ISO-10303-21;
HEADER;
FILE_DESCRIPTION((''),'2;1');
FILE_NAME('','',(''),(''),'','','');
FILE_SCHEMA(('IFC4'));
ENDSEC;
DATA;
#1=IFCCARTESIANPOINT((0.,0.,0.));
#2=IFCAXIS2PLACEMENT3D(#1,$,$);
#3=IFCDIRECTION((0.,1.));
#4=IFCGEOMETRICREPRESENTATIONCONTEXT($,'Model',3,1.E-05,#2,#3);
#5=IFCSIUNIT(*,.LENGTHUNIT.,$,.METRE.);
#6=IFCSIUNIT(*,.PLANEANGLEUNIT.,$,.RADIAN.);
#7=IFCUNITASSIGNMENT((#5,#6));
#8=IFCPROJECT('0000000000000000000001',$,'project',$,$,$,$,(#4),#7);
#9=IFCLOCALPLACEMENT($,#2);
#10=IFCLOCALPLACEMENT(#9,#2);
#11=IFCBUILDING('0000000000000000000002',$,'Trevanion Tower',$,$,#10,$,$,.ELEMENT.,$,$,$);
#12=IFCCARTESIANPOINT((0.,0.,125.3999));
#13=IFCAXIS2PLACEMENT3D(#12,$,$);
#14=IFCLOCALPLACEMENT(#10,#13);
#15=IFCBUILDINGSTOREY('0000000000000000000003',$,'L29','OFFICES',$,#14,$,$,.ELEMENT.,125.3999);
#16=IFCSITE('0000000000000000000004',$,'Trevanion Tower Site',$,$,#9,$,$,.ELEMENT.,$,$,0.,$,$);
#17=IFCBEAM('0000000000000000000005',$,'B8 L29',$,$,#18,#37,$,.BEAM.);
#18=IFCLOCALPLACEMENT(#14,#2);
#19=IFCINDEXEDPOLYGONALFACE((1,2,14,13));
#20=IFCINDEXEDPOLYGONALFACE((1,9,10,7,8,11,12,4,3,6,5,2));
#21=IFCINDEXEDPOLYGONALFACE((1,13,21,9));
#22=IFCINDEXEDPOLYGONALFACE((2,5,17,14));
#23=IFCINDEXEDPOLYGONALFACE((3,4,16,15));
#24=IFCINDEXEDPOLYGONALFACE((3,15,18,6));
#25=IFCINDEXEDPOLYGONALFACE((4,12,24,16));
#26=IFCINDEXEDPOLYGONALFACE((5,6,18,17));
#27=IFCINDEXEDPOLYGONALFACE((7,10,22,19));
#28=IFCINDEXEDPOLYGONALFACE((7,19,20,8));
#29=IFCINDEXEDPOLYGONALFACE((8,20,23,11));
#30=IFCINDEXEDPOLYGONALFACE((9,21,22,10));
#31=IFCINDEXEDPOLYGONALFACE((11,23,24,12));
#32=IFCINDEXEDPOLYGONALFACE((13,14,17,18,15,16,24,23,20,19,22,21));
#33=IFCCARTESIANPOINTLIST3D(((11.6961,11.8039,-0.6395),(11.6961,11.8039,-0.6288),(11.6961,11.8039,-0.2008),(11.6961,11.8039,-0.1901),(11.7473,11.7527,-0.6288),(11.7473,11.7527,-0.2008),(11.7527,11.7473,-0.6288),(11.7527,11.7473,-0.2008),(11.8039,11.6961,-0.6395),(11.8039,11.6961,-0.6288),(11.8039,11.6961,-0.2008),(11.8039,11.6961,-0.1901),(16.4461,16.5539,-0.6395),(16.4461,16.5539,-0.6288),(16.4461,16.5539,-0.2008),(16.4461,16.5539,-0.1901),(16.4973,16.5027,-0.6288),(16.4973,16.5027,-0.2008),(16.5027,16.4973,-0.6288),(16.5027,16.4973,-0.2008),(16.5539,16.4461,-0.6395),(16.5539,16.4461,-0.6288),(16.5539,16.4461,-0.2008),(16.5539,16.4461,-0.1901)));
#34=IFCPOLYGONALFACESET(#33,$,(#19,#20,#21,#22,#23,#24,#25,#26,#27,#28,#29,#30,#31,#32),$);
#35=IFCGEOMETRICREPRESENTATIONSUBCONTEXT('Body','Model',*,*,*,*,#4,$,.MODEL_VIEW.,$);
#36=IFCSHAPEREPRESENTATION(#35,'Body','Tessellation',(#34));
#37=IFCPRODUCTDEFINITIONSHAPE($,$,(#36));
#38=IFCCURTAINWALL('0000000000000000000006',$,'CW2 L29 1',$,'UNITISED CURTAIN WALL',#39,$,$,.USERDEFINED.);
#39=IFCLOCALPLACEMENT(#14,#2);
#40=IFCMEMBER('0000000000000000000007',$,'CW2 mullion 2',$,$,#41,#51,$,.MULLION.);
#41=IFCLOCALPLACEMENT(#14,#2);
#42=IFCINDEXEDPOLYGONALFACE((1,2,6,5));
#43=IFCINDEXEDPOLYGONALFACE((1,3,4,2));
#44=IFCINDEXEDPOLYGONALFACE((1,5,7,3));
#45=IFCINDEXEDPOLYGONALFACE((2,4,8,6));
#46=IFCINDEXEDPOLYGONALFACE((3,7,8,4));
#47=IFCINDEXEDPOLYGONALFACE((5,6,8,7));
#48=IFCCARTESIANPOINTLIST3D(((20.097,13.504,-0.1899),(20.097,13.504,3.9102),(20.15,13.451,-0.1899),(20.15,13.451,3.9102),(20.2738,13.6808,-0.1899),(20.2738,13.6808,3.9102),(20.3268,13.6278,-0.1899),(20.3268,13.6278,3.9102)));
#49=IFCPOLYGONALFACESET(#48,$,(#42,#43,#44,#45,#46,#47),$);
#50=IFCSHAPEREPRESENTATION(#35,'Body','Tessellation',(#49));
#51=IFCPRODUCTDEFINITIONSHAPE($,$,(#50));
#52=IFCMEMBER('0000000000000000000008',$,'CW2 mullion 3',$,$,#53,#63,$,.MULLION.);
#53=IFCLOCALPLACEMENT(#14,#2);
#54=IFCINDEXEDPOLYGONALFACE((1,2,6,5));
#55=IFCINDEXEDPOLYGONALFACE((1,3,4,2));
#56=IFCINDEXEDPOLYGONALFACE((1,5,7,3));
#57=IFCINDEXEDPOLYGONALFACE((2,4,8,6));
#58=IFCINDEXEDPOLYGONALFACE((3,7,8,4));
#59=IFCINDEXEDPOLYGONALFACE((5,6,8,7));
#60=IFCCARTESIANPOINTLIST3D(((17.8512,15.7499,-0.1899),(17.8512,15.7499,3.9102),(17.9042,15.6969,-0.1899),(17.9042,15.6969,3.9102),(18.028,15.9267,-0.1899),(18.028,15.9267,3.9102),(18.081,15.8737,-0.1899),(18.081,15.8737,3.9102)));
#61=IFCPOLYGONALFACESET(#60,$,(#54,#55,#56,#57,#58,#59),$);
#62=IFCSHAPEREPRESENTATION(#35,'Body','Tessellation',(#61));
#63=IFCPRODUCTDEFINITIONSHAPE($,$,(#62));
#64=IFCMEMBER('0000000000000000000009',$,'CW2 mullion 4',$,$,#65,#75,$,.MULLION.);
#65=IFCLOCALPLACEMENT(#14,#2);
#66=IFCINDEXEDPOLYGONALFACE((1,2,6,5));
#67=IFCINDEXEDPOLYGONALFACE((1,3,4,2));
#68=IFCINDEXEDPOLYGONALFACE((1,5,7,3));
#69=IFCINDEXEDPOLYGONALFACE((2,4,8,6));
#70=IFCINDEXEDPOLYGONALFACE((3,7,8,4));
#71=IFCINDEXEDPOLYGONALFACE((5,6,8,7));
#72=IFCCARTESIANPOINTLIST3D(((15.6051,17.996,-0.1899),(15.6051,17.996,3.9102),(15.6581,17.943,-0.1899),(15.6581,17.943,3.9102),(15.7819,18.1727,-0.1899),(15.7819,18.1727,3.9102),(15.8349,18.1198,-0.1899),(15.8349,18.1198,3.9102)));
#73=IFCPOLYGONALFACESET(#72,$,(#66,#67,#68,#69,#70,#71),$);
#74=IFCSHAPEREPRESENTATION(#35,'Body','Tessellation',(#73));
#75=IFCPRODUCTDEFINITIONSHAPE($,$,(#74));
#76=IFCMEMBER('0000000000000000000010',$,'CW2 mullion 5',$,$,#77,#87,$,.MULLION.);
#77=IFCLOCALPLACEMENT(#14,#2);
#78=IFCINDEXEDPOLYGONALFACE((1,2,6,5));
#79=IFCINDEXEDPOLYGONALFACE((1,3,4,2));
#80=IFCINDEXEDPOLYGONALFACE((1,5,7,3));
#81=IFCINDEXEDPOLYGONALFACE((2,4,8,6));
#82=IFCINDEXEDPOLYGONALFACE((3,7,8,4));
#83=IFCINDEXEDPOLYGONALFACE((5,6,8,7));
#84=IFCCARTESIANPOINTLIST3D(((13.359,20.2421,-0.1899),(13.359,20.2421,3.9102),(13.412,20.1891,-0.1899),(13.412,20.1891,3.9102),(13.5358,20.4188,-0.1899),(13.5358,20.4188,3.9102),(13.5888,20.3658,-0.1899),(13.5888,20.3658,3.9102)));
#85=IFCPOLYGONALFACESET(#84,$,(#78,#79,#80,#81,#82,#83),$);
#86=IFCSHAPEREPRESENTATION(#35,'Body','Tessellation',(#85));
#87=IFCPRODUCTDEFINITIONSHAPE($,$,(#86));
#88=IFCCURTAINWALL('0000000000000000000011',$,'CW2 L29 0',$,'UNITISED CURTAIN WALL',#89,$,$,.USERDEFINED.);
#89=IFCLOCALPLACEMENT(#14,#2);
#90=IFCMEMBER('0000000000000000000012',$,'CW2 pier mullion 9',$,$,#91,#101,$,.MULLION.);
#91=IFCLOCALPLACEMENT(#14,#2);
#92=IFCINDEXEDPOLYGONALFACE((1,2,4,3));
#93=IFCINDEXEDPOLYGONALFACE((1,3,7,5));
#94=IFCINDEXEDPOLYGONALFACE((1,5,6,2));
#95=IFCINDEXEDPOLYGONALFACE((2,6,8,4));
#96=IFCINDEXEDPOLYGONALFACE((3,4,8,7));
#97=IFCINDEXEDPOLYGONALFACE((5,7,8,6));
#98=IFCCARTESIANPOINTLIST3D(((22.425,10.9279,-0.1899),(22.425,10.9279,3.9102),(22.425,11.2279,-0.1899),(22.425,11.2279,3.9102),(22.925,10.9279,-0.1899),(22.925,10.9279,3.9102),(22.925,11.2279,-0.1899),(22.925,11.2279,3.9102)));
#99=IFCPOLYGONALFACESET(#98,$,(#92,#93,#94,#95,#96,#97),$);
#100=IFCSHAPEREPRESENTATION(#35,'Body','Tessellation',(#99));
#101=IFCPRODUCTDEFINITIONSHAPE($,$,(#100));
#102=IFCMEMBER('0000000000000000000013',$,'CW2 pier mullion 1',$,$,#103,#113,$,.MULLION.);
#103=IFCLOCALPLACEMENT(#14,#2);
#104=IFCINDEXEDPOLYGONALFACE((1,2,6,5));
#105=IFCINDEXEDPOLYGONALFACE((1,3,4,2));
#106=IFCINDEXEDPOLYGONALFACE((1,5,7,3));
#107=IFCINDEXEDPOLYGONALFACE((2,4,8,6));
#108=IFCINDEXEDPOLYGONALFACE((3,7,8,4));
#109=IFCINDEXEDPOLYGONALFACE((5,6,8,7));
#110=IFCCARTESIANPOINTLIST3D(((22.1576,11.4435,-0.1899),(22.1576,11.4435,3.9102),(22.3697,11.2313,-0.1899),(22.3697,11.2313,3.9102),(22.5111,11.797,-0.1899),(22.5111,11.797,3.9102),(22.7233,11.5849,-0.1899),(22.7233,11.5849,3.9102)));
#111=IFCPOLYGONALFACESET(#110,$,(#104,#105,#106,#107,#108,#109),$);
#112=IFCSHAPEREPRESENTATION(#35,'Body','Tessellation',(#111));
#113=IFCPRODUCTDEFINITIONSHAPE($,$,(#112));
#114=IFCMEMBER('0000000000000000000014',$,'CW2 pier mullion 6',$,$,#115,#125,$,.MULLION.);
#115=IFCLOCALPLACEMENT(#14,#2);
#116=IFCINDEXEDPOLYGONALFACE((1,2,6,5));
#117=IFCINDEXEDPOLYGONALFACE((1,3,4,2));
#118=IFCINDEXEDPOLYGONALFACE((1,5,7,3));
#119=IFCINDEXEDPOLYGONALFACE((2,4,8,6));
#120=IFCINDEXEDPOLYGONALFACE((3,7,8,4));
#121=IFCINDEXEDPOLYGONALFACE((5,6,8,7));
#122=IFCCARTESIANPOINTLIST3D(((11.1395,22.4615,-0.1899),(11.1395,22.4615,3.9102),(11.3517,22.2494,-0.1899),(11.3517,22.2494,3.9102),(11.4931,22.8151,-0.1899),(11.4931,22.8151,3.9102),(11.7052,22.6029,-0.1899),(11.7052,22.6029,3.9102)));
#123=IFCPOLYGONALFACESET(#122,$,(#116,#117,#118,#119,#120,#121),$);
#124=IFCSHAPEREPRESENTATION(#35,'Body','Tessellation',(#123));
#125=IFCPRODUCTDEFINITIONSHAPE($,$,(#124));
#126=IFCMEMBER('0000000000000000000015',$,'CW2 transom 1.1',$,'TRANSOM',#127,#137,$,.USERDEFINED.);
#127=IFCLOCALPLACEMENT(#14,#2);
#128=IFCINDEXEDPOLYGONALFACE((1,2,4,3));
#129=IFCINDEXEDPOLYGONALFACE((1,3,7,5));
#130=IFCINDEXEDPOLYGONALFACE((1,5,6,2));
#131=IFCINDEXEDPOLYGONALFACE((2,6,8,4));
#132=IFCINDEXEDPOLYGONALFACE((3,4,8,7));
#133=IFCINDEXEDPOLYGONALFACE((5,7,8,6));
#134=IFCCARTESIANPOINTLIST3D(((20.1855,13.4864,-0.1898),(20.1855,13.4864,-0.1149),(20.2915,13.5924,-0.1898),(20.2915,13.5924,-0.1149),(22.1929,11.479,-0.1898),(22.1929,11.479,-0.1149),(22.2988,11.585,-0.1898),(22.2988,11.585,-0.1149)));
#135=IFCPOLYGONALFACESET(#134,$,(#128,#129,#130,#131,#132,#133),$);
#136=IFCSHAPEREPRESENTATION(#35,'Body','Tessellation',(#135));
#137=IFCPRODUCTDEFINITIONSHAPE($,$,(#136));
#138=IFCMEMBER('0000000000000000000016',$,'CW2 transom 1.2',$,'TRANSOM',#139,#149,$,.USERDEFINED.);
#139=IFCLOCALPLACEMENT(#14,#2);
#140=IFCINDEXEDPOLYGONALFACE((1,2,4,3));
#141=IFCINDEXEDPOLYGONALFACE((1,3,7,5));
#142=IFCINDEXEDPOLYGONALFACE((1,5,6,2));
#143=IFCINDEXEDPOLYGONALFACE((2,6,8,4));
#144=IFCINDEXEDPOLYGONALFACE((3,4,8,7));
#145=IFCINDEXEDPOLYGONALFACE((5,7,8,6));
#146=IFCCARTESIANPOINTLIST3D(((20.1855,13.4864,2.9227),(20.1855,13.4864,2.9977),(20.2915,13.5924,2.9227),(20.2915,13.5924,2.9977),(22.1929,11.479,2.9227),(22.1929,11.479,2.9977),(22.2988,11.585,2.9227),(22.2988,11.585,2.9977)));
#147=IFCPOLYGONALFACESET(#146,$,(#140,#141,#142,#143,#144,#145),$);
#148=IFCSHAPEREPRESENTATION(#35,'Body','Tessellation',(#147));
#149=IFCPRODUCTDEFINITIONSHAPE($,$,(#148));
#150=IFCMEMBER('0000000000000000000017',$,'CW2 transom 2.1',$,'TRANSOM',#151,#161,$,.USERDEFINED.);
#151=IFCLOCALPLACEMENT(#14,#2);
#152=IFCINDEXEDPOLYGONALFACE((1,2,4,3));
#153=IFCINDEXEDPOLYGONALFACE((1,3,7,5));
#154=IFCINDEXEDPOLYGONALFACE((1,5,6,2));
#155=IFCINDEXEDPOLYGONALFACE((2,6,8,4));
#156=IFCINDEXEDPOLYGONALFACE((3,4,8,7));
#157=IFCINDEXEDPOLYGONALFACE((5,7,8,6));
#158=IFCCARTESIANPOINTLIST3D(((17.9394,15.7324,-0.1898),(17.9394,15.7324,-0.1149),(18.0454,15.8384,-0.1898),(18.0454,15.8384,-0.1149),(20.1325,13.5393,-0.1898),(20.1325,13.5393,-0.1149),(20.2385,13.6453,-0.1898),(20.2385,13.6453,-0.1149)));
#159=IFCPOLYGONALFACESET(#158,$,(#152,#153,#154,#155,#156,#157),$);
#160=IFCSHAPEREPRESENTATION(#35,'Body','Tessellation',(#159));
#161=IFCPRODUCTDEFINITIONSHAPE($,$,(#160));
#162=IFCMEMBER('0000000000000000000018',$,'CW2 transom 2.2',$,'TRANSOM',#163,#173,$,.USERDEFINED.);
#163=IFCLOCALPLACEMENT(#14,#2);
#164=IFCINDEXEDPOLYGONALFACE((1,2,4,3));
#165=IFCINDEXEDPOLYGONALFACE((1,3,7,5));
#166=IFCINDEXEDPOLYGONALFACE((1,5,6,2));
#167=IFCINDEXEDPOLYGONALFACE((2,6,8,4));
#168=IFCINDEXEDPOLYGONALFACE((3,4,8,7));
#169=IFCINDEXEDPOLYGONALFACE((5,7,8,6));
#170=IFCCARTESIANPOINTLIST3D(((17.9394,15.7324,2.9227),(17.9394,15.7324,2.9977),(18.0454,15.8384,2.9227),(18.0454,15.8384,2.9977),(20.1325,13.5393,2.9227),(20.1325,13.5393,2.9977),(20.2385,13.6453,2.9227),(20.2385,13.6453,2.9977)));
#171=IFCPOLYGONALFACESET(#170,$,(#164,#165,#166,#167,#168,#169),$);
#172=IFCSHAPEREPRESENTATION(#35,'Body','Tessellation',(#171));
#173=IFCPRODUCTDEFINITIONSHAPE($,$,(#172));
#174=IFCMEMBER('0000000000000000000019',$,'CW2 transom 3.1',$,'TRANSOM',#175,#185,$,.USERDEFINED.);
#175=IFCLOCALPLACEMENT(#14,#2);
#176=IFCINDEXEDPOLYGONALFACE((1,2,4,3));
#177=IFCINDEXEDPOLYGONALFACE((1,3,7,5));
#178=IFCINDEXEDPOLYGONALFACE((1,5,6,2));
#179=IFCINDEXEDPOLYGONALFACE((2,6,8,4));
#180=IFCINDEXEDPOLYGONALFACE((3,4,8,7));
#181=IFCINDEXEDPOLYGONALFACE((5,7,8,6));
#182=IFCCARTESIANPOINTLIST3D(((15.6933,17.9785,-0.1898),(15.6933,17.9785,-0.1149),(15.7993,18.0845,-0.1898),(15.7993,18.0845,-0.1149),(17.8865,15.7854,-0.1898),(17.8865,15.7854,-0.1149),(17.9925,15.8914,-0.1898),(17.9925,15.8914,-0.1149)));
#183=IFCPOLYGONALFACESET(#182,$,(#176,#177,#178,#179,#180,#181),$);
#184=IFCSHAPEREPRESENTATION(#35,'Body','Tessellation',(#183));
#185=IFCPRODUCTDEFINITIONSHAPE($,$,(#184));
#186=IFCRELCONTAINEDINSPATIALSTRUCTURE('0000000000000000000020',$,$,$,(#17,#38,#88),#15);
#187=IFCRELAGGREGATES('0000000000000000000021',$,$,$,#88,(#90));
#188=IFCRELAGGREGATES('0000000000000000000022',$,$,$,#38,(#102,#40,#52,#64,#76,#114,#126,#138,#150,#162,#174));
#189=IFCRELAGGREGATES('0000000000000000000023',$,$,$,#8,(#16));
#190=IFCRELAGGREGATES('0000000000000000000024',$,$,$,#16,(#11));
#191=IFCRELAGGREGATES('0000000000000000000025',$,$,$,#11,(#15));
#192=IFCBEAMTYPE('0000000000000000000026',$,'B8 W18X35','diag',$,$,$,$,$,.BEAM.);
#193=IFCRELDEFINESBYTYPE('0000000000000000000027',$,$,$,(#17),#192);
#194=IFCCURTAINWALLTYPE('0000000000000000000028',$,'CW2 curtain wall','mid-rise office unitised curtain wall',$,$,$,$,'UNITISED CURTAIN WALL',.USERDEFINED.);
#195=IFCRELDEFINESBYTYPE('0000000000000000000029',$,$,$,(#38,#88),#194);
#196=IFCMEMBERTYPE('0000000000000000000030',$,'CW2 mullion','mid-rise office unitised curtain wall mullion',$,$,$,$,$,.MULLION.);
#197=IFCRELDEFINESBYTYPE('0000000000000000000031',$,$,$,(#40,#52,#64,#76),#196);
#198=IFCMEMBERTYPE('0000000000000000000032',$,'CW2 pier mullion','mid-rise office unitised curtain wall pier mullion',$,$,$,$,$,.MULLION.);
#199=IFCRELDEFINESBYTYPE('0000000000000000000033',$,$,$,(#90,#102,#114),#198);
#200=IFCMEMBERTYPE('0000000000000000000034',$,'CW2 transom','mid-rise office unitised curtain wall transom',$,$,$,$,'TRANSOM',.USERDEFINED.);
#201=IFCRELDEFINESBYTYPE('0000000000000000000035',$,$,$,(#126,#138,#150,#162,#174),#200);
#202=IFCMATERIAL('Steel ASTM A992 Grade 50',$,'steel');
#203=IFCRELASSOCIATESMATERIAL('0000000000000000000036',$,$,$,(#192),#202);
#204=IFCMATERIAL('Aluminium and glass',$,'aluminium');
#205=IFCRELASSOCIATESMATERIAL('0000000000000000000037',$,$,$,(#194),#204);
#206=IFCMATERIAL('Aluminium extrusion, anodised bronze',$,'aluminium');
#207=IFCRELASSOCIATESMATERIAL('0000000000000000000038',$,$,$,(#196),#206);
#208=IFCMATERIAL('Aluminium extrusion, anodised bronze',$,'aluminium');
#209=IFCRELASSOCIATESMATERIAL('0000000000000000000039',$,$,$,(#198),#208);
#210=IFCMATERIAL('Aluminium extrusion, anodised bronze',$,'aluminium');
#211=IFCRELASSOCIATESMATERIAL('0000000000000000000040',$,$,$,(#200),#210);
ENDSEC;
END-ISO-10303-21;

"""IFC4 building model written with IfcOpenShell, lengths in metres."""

from ifc_helpers import new_model, si_unit, direction, frame, origin, origin_2d, place, context, subcontext, project, spatial, rectangle, i_section, extrude, material, material_profile, profile_set, type_object, element, aggregate, save


model = new_model("IFC4")

# Units and contexts
model_context = context("Model", 3, precision=1e-05, world=origin(), true_north=direction((0.0, 1.0)))
body_context = subcontext(model_context, "Body", "Model", "MODEL_VIEW")
ifc_project = project(units=[si_unit("LENGTHUNIT", "METRE"), si_unit("PLANEANGLEUNIT", "RADIAN")], contexts=[model_context])

# Site, building, storey
site_placement = place(None, origin())
site = spatial("IfcSite", under=ifc_project, at=site_placement, Name="Trevanion Tower Site", CompositionType="ELEMENT", RefElevation=0.0)
building_placement = place(site_placement, origin())
building = spatial("IfcBuilding", under=site, at=building_placement, Name="Trevanion Tower", CompositionType="ELEMENT")
storey_placement = place(building_placement, frame((0.0, 0.0, 125.3999)))
storey = spatial("IfcBuildingStorey", under=building, at=storey_placement, Name="L29", Description="OFFICES", CompositionType="ELEMENT", Elevation=125.3999)

# Beam
ifc_material_1 = material(Name="Steel ASTM A992 Grade 50", Category="steel")
ifc_material_profile_1 = material_profile(ifc_material_1, i_section(OverallWidth=0.1523, OverallDepth=0.4495, WebThickness=0.0076, FlangeThickness=0.0107, at=origin_2d()), Name="W18X35")
ifc_profile_set_1 = profile_set([ifc_material_profile_1], Name="Steel ASTM A992 Grade 50")
beam_type_1 = type_object("IfcBeamType", Name="B8 W18X35", Description="diag", PredefinedType="BEAM", material=ifc_profile_set_1)
beam_1_placement = place(storey_placement, frame((11.75, 11.75, -0.4148), z_axis=(0.707107, 0.707107, 0.0), x_axis=(-0.707107, 0.707107, 0.0)))
element("IfcBeam", 1, at=beam_1_placement, inside=storey, type_object=beam_type_1, Name="B8 L29", PredefinedType="BEAM", context=body_context, shape_type="SweptSolid", body=[
    extrude(i_section(OverallWidth=0.1523, OverallDepth=0.4495, WebThickness=0.0076, FlangeThickness=0.0107, at=origin_2d()), origin(), (0.0, 0.0, 1.0), 6.7175),
])

# Curtain wall, members
ifc_material_2 = material(Name="Aluminium and glass", Category="aluminium")
curtain_wall_type = type_object("IfcCurtainWallType", Name="CW2 curtain wall", Description="mid-rise office unitised curtain wall", ElementType="UNITISED CURTAIN WALL", PredefinedType="USERDEFINED", material=ifc_material_2)
curtain_wall_1_placement = place(storey_placement, origin())
curtain_wall_1 = element("IfcCurtainWall", 2, at=curtain_wall_1_placement, inside=storey, type_object=curtain_wall_type, Name="CW2 L29 1", ObjectType="UNITISED CURTAIN WALL", PredefinedType="USERDEFINED")
ifc_material_3 = material(Name="Aluminium extrusion, anodised bronze", Category="aluminium")
ifc_material_profile_2 = material_profile(ifc_material_3, rectangle(XDim=0.075, YDim=0.25, at=origin_2d()), Name="CW2 mullion")
ifc_profile_set_2 = profile_set([ifc_material_profile_2], Name="Aluminium extrusion, anodised bronze")
member_type_1 = type_object("IfcMemberType", Name="CW2 mullion", Description="mid-rise office unitised curtain wall mullion", PredefinedType="MULLION", material=ifc_profile_set_2)
member_1_placement = place(storey_placement, frame((20.2119, 13.5659, -0.1899), z_axis=(0.0, 0.0, 1.0), x_axis=(-0.707107, 0.707107, 0.0)))
member_1 = element("IfcMember", 3, at=member_1_placement, type_object=member_type_1, Name="CW2 mullion 2", PredefinedType="MULLION", context=body_context, shape_type="SweptSolid", body=[
    extrude(rectangle(XDim=0.075, YDim=0.25, at=origin_2d()), origin(), (0.0, 0.0, 1.0), 4.1001),
])
member_2_placement = place(storey_placement, frame((17.9661, 15.8118, -0.1899), z_axis=(0.0, 0.0, 1.0), x_axis=(-0.707107, 0.707107, 0.0)))
member_2 = element("IfcMember", 4, at=member_2_placement, type_object=member_type_1, Name="CW2 mullion 3", PredefinedType="MULLION", context=body_context, shape_type="SweptSolid", body=[
    extrude(rectangle(XDim=0.075, YDim=0.25, at=origin_2d()), origin(), (0.0, 0.0, 1.0), 4.1001),
])
member_3_placement = place(storey_placement, frame((15.72, 18.0579, -0.1899), z_axis=(0.0, 0.0, 1.0), x_axis=(-0.707107, 0.707107, 0.0)))
member_3 = element("IfcMember", 5, at=member_3_placement, type_object=member_type_1, Name="CW2 mullion 4", PredefinedType="MULLION", context=body_context, shape_type="SweptSolid", body=[
    extrude(rectangle(XDim=0.075, YDim=0.25, at=origin_2d()), origin(), (0.0, 0.0, 1.0), 4.1001),
])
member_4_placement = place(storey_placement, frame((13.4739, 20.304, -0.1899), z_axis=(0.0, 0.0, 1.0), x_axis=(-0.707107, 0.707107, 0.0)))
member_4 = element("IfcMember", 6, at=member_4_placement, type_object=member_type_1, Name="CW2 mullion 5", PredefinedType="MULLION", context=body_context, shape_type="SweptSolid", body=[
    extrude(rectangle(XDim=0.075, YDim=0.25, at=origin_2d()), origin(), (0.0, 0.0, 1.0), 4.1001),
])

# Curtain wall, member
curtain_wall_2_placement = place(storey_placement, origin())
curtain_wall_2 = element("IfcCurtainWall", 7, at=curtain_wall_2_placement, inside=storey, type_object=curtain_wall_type, Name="CW2 L29 0", ObjectType="UNITISED CURTAIN WALL", PredefinedType="USERDEFINED")
ifc_material_4 = material(Name="Aluminium extrusion, anodised bronze", Category="aluminium")
ifc_material_profile_3 = material_profile(ifc_material_4, rectangle(XDim=0.3, YDim=0.5, at=origin_2d()), Name="CW2 pier mullion")
ifc_profile_set_3 = profile_set([ifc_material_profile_3], Name="Aluminium extrusion, anodised bronze")
member_type_2 = type_object("IfcMemberType", Name="CW2 pier mullion", Description="mid-rise office unitised curtain wall pier mullion", PredefinedType="MULLION", material=ifc_profile_set_3)
member_5_placement = place(storey_placement, frame((22.675, 11.0779, -0.1899), z_axis=(0.0, 0.0, 1.0), x_axis=(0.0, 1.0, 0.0)))
member_5 = element("IfcMember", 8, at=member_5_placement, type_object=member_type_2, Name="CW2 pier mullion 9", PredefinedType="MULLION", context=body_context, shape_type="SweptSolid", body=[
    extrude(rectangle(XDim=0.3, YDim=0.5, at=origin_2d()), origin(), (0.0, 0.0, 1.0), 4.1001),
])
aggregate(curtain_wall_2, [member_5])

# Members
member_6_placement = place(storey_placement, frame((22.4404, 11.5142, -0.1899), z_axis=(0.0, 0.0, 1.0), x_axis=(-0.707107, 0.707107, 0.0)))
member_6 = element("IfcMember", 9, at=member_6_placement, type_object=member_type_2, Name="CW2 pier mullion 1", PredefinedType="MULLION", context=body_context, shape_type="SweptSolid", body=[
    extrude(rectangle(XDim=0.3, YDim=0.5, at=origin_2d()), origin(), (0.0, 0.0, 1.0), 4.1001),
])
member_7_placement = place(storey_placement, frame((11.4224, 22.5322, -0.1899), z_axis=(0.0, 0.0, 1.0), x_axis=(-0.707107, 0.707107, 0.0)))
member_7 = element("IfcMember", 10, at=member_7_placement, type_object=member_type_2, Name="CW2 pier mullion 6", PredefinedType="MULLION", context=body_context, shape_type="SweptSolid", body=[
    extrude(rectangle(XDim=0.3, YDim=0.5, at=origin_2d()), origin(), (0.0, 0.0, 1.0), 4.1001),
])
ifc_material_5 = material(Name="Aluminium extrusion, anodised bronze", Category="aluminium")
ifc_material_profile_4 = material_profile(ifc_material_5, rectangle(XDim=0.1499, YDim=0.075, at=origin_2d()), Name="CW2 transom")
ifc_profile_set_4 = profile_set([ifc_material_profile_4], Name="Aluminium extrusion, anodised bronze")
member_type_3 = type_object("IfcMemberType", Name="CW2 transom", Description="mid-rise office unitised curtain wall transom", ElementType="TRANSOM", PredefinedType="USERDEFINED", material=ifc_profile_set_4)
member_8_placement = place(storey_placement, frame((22.2458, 11.532, -0.1523), z_axis=(-0.707107, 0.707107, 0.0), x_axis=(-0.707107, -0.707107, 0.0)))
member_8 = element("IfcMember", 11, at=member_8_placement, type_object=member_type_3, Name="CW2 transom 1.1", ObjectType="TRANSOM", PredefinedType="USERDEFINED", context=body_context, shape_type="SweptSolid", body=[
    extrude(rectangle(XDim=0.1499, YDim=0.075, at=origin_2d()), origin(), (0.0, 0.0, 1.0), 2.8389),
])
member_9_placement = place(storey_placement, frame((22.2458, 11.532, 2.9602), z_axis=(-0.707107, 0.707107, 0.0), x_axis=(-0.707107, -0.707107, 0.0)))
member_9 = element("IfcMember", 12, at=member_9_placement, type_object=member_type_3, Name="CW2 transom 1.2", ObjectType="TRANSOM", PredefinedType="USERDEFINED", context=body_context, shape_type="SweptSolid", body=[
    extrude(rectangle(XDim=0.1499, YDim=0.075, at=origin_2d()), origin(), (0.0, 0.0, 1.0), 2.8389),
])
member_10_placement = place(storey_placement, frame((20.1855, 13.5923, -0.1523), z_axis=(-0.707107, 0.707107, 0.0), x_axis=(-0.707107, -0.707107, 0.0)))
member_10 = element("IfcMember", 13, at=member_10_placement, type_object=member_type_3, Name="CW2 transom 2.1", ObjectType="TRANSOM", PredefinedType="USERDEFINED", context=body_context, shape_type="SweptSolid", body=[
    extrude(rectangle(XDim=0.1499, YDim=0.075, at=origin_2d()), origin(), (0.0, 0.0, 1.0), 3.1016),
])
member_11_placement = place(storey_placement, frame((20.1855, 13.5923, 2.9602), z_axis=(-0.707107, 0.707107, 0.0), x_axis=(-0.707107, -0.707107, 0.0)))
member_11 = element("IfcMember", 14, at=member_11_placement, type_object=member_type_3, Name="CW2 transom 2.2", ObjectType="TRANSOM", PredefinedType="USERDEFINED", context=body_context, shape_type="SweptSolid", body=[
    extrude(rectangle(XDim=0.1499, YDim=0.075, at=origin_2d()), origin(), (0.0, 0.0, 1.0), 3.1016),
])
member_12_placement = place(storey_placement, frame((17.9395, 15.8384, -0.1523), z_axis=(-0.707107, 0.707107, 0.0), x_axis=(-0.707107, -0.707107, 0.0)))
member_12 = element("IfcMember", 15, at=member_12_placement, type_object=member_type_3, Name="CW2 transom 3.1", ObjectType="TRANSOM", PredefinedType="USERDEFINED", context=body_context, shape_type="SweptSolid", body=[
    extrude(rectangle(XDim=0.1499, YDim=0.075, at=origin_2d()), origin(), (0.0, 0.0, 1.0), 3.1016),
])

aggregate(curtain_wall_1, [member_6, member_1, member_2, member_3, member_4, member_7, member_8, member_9, member_10, member_11, member_12])

save(model, "model.ifc")
